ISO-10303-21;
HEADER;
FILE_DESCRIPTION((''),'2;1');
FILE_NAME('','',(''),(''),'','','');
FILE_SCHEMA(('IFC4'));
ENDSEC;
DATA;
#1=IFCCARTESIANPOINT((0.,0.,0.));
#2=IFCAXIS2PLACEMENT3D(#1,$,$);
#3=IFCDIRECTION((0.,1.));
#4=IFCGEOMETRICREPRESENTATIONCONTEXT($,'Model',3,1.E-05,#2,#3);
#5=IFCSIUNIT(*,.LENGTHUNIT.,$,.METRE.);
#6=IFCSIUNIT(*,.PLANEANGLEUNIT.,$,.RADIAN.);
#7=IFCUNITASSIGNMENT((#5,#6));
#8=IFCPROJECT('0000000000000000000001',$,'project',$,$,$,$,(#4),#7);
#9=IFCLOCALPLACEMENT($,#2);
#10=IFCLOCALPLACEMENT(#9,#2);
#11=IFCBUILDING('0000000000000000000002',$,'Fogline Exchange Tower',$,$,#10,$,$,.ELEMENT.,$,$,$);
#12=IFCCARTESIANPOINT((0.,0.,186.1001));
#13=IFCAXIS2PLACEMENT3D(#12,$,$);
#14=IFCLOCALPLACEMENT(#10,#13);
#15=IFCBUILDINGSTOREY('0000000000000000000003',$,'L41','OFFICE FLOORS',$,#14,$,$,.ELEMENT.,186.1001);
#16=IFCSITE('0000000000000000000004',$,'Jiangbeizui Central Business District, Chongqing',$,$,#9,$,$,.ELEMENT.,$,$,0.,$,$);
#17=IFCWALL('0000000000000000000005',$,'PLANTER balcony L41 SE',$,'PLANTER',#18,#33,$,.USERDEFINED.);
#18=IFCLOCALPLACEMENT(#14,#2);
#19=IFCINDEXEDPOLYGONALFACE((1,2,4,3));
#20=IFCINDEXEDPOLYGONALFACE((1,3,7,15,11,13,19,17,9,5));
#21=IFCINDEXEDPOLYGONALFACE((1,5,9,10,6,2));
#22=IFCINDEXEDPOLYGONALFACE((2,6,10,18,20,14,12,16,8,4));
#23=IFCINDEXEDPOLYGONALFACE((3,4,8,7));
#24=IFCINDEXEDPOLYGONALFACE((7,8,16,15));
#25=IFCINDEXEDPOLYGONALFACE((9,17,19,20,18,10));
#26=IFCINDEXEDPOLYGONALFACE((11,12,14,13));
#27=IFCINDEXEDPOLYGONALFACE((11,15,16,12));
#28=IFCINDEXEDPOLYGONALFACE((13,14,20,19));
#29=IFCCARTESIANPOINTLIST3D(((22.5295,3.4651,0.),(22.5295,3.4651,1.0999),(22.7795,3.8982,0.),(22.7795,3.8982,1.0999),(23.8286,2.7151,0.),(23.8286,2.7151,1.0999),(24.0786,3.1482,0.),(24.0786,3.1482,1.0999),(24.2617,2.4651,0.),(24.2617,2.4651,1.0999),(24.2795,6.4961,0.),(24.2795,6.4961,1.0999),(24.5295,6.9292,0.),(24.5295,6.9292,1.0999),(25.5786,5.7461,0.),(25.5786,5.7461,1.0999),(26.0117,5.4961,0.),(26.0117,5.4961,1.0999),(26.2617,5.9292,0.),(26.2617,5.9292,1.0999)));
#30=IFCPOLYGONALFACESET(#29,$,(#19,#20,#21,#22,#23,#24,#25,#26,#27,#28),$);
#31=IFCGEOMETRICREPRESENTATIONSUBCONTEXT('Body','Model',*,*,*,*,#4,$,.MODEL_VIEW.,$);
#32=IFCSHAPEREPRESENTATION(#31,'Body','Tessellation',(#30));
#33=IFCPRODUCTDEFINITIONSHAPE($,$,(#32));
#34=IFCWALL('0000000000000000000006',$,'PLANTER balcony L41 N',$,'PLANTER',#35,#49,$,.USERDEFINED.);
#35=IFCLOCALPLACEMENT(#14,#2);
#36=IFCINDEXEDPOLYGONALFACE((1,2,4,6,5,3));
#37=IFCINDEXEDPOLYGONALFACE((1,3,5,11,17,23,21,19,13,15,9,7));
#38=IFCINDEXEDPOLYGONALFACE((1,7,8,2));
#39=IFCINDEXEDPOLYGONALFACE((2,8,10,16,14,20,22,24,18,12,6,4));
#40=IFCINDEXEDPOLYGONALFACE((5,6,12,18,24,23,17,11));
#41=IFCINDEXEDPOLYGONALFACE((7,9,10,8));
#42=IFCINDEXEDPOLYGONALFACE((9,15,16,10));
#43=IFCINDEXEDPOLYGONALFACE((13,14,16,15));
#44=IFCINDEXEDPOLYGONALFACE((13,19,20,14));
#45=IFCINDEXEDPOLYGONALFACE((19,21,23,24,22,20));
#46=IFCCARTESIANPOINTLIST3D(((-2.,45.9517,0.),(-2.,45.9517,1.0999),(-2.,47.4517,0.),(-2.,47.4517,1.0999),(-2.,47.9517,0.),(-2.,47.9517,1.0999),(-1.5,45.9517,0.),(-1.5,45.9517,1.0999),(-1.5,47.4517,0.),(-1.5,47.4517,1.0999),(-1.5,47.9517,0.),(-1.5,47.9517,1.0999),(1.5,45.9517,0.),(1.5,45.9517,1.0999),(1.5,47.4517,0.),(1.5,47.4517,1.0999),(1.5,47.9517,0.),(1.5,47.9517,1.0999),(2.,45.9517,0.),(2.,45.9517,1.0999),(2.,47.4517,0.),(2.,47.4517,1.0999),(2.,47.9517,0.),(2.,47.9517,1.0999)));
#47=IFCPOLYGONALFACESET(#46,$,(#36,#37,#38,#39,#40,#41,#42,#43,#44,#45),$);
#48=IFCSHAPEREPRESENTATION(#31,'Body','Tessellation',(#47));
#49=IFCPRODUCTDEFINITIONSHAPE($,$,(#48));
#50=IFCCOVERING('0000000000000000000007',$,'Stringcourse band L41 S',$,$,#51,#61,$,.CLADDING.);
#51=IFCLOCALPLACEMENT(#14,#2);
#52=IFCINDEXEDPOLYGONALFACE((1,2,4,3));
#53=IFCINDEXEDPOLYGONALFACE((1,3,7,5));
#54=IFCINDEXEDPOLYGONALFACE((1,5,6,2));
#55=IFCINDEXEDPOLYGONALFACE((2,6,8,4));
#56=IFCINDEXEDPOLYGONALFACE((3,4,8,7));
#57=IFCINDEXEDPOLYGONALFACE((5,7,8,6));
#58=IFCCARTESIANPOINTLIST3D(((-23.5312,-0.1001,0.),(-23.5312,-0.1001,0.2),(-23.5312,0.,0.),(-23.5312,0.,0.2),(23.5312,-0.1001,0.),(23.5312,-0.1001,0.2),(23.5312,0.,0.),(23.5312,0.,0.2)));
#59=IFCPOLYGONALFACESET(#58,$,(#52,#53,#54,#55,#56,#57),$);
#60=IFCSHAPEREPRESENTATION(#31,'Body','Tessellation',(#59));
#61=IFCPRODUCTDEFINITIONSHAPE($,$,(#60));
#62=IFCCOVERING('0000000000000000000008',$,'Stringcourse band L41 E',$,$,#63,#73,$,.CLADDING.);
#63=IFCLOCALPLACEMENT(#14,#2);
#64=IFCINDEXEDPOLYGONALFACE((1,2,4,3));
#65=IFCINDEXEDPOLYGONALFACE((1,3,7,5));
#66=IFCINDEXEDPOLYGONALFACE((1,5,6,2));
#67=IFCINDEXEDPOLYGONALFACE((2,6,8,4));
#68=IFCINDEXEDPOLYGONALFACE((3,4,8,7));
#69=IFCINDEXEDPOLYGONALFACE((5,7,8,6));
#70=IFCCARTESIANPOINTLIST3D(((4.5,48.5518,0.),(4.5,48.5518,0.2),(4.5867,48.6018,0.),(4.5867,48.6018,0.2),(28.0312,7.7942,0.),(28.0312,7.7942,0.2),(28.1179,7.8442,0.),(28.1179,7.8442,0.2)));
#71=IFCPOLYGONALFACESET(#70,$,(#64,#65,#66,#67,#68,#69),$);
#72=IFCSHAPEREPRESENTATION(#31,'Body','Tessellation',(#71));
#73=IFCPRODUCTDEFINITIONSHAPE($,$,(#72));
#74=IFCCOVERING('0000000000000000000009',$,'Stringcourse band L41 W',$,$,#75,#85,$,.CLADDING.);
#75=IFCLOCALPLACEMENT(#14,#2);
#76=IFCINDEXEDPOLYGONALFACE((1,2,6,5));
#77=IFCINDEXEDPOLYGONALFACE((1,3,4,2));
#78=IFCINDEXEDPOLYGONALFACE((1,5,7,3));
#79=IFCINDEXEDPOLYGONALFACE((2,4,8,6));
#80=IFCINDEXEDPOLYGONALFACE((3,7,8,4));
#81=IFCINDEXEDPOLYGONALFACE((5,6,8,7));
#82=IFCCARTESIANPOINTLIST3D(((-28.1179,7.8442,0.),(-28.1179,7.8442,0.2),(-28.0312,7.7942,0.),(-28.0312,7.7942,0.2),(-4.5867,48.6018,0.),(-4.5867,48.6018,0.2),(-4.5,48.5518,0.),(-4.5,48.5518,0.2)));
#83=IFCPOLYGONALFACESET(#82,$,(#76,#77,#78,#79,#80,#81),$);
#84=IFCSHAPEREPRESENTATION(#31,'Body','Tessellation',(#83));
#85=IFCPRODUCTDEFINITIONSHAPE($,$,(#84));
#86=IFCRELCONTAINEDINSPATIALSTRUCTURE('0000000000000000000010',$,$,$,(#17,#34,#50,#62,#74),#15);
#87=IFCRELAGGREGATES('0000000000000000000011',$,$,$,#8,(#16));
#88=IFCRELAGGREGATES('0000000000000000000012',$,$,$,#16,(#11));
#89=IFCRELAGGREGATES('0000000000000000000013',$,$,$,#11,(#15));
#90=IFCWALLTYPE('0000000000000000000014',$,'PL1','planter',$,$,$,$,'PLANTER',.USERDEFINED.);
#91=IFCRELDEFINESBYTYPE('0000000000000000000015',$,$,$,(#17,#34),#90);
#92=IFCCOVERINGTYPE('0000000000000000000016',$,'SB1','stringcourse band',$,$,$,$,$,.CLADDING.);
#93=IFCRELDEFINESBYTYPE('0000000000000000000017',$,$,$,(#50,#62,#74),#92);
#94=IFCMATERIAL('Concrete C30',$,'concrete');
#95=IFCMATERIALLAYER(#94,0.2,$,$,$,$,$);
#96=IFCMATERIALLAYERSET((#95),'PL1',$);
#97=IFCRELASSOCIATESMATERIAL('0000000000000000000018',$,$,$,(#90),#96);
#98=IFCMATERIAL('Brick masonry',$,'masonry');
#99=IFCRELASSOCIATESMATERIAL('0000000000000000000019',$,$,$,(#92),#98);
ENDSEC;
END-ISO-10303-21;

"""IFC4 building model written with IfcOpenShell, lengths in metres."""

from ifc_helpers import new_model, si_unit, direction, frame, origin, place, context, subcontext, project, spatial, polyline, outline, extrude, material, layer, layer_set, type_object, element, save


model = new_model("IFC4")

# Units and contexts
model_context = context("Model", 3, precision=1e-05, world=origin(), true_north=direction((0.0, 1.0)))
body_context = subcontext(model_context, "Body", "Model", "MODEL_VIEW")
ifc_project = project(units=[si_unit("LENGTHUNIT", "METRE"), si_unit("PLANEANGLEUNIT", "RADIAN")], contexts=[model_context])

# Site, building, storey
site_placement = place(None, origin())
site = spatial("IfcSite", under=ifc_project, at=site_placement, Name="Jiangbeizui Central Business District, Chongqing", CompositionType="ELEMENT", RefElevation=0.0)
building_placement = place(site_placement, origin())
building = spatial("IfcBuilding", under=site, at=building_placement, Name="Fogline Exchange Tower", CompositionType="ELEMENT")
storey_placement = place(building_placement, frame((0.0, 0.0, 186.1001)))
storey = spatial("IfcBuildingStorey", under=building, at=storey_placement, Name="L41", Description="OFFICE FLOORS", CompositionType="ELEMENT", Elevation=186.1001)

# Walls
ifc_material_1 = material(Name="Brick masonry", Category="masonry")
ifc_material_2 = material(Name="Concrete C30", Category="concrete")
ifc_layer_1 = layer(ifc_material_2, 0.2)
ifc_layer_set_1 = layer_set([ifc_layer_1], Name="PL1")
wall_type_1 = type_object("IfcWallType", Name="PL1", Description="planter", ElementType="PLANTER", PredefinedType="USERDEFINED", material=ifc_layer_set_1)
wall_1_placement = place(storey_placement, origin())
element("IfcWall", 1, at=wall_1_placement, inside=storey, type_object=wall_type_1, Name="PLANTER balcony L41 SE", ObjectType="PLANTER", PredefinedType="USERDEFINED", context=body_context, shape_type="SweptSolid", body=[
    extrude(outline(polyline([(22.5295, 3.4651), (23.8286, 2.7151), (23.8286, 2.7151), (24.2617, 2.4651), (26.0117, 5.4961), (26.2617, 5.9292), (24.5295, 6.9292), (24.2795, 6.4961), (25.5786, 5.7461), (24.0786, 3.1482), (22.7795, 3.8982), (22.5295, 3.4651)])), origin(), (0.0, 0.0, 1.0), 1.0999),
])
wall_2_placement = place(storey_placement, origin())
element("IfcWall", 2, at=wall_2_placement, inside=storey, type_object=wall_type_1, Name="PLANTER balcony L41 N", ObjectType="PLANTER", PredefinedType="USERDEFINED", context=body_context, shape_type="SweptSolid", body=[
    extrude(outline(polyline([(-1.5, 47.9517), (-2.0, 47.9517), (-2.0, 47.4517), (-2.0, 45.9517), (-1.5, 45.9517), (-1.5, 47.4517), (1.5, 47.4517), (1.5, 45.9517), (2.0, 45.9517), (2.0, 47.4517), (2.0, 47.9517), (1.5, 47.9517), (-1.5, 47.9517)])), origin(), (0.0, 0.0, 1.0), 1.0999),
])

# Coverings
covering_type = type_object("IfcCoveringType", Name="SB1", Description="stringcourse band", PredefinedType="CLADDING", material=ifc_material_1)
covering_1_placement = place(storey_placement, origin())
element("IfcCovering", 3, at=covering_1_placement, inside=storey, type_object=covering_type, Name="Stringcourse band L41 S", PredefinedType="CLADDING", context=body_context, shape_type="SweptSolid", body=[
    extrude(outline(polyline([(-23.5312, 0.0), (-23.5312, -0.1001), (23.5312, -0.1001), (23.5312, 0.0), (-23.5312, 0.0)])), origin(), (0.0, 0.0, 1.0), 0.2),
])
covering_2_placement = place(storey_placement, origin())
element("IfcCovering", 4, at=covering_2_placement, inside=storey, type_object=covering_type, Name="Stringcourse band L41 E", PredefinedType="CLADDING", context=body_context, shape_type="SweptSolid", body=[
    extrude(outline(polyline([(28.0312, 7.7942), (28.1179, 7.8442), (4.5867, 48.6018), (4.5, 48.5518), (28.0312, 7.7942)])), origin(), (0.0, 0.0, 1.0), 0.2),
])
covering_3_placement = place(storey_placement, origin())
element("IfcCovering", 5, at=covering_3_placement, inside=storey, type_object=covering_type, Name="Stringcourse band L41 W", PredefinedType="CLADDING", context=body_context, shape_type="SweptSolid", body=[
    extrude(outline(polyline([(-4.5, 48.5518), (-4.5867, 48.6018), (-28.1179, 7.8442), (-28.0312, 7.7942), (-4.5, 48.5518)])), origin(), (0.0, 0.0, 1.0), 0.2),
])

save(model, "model.ifc")
